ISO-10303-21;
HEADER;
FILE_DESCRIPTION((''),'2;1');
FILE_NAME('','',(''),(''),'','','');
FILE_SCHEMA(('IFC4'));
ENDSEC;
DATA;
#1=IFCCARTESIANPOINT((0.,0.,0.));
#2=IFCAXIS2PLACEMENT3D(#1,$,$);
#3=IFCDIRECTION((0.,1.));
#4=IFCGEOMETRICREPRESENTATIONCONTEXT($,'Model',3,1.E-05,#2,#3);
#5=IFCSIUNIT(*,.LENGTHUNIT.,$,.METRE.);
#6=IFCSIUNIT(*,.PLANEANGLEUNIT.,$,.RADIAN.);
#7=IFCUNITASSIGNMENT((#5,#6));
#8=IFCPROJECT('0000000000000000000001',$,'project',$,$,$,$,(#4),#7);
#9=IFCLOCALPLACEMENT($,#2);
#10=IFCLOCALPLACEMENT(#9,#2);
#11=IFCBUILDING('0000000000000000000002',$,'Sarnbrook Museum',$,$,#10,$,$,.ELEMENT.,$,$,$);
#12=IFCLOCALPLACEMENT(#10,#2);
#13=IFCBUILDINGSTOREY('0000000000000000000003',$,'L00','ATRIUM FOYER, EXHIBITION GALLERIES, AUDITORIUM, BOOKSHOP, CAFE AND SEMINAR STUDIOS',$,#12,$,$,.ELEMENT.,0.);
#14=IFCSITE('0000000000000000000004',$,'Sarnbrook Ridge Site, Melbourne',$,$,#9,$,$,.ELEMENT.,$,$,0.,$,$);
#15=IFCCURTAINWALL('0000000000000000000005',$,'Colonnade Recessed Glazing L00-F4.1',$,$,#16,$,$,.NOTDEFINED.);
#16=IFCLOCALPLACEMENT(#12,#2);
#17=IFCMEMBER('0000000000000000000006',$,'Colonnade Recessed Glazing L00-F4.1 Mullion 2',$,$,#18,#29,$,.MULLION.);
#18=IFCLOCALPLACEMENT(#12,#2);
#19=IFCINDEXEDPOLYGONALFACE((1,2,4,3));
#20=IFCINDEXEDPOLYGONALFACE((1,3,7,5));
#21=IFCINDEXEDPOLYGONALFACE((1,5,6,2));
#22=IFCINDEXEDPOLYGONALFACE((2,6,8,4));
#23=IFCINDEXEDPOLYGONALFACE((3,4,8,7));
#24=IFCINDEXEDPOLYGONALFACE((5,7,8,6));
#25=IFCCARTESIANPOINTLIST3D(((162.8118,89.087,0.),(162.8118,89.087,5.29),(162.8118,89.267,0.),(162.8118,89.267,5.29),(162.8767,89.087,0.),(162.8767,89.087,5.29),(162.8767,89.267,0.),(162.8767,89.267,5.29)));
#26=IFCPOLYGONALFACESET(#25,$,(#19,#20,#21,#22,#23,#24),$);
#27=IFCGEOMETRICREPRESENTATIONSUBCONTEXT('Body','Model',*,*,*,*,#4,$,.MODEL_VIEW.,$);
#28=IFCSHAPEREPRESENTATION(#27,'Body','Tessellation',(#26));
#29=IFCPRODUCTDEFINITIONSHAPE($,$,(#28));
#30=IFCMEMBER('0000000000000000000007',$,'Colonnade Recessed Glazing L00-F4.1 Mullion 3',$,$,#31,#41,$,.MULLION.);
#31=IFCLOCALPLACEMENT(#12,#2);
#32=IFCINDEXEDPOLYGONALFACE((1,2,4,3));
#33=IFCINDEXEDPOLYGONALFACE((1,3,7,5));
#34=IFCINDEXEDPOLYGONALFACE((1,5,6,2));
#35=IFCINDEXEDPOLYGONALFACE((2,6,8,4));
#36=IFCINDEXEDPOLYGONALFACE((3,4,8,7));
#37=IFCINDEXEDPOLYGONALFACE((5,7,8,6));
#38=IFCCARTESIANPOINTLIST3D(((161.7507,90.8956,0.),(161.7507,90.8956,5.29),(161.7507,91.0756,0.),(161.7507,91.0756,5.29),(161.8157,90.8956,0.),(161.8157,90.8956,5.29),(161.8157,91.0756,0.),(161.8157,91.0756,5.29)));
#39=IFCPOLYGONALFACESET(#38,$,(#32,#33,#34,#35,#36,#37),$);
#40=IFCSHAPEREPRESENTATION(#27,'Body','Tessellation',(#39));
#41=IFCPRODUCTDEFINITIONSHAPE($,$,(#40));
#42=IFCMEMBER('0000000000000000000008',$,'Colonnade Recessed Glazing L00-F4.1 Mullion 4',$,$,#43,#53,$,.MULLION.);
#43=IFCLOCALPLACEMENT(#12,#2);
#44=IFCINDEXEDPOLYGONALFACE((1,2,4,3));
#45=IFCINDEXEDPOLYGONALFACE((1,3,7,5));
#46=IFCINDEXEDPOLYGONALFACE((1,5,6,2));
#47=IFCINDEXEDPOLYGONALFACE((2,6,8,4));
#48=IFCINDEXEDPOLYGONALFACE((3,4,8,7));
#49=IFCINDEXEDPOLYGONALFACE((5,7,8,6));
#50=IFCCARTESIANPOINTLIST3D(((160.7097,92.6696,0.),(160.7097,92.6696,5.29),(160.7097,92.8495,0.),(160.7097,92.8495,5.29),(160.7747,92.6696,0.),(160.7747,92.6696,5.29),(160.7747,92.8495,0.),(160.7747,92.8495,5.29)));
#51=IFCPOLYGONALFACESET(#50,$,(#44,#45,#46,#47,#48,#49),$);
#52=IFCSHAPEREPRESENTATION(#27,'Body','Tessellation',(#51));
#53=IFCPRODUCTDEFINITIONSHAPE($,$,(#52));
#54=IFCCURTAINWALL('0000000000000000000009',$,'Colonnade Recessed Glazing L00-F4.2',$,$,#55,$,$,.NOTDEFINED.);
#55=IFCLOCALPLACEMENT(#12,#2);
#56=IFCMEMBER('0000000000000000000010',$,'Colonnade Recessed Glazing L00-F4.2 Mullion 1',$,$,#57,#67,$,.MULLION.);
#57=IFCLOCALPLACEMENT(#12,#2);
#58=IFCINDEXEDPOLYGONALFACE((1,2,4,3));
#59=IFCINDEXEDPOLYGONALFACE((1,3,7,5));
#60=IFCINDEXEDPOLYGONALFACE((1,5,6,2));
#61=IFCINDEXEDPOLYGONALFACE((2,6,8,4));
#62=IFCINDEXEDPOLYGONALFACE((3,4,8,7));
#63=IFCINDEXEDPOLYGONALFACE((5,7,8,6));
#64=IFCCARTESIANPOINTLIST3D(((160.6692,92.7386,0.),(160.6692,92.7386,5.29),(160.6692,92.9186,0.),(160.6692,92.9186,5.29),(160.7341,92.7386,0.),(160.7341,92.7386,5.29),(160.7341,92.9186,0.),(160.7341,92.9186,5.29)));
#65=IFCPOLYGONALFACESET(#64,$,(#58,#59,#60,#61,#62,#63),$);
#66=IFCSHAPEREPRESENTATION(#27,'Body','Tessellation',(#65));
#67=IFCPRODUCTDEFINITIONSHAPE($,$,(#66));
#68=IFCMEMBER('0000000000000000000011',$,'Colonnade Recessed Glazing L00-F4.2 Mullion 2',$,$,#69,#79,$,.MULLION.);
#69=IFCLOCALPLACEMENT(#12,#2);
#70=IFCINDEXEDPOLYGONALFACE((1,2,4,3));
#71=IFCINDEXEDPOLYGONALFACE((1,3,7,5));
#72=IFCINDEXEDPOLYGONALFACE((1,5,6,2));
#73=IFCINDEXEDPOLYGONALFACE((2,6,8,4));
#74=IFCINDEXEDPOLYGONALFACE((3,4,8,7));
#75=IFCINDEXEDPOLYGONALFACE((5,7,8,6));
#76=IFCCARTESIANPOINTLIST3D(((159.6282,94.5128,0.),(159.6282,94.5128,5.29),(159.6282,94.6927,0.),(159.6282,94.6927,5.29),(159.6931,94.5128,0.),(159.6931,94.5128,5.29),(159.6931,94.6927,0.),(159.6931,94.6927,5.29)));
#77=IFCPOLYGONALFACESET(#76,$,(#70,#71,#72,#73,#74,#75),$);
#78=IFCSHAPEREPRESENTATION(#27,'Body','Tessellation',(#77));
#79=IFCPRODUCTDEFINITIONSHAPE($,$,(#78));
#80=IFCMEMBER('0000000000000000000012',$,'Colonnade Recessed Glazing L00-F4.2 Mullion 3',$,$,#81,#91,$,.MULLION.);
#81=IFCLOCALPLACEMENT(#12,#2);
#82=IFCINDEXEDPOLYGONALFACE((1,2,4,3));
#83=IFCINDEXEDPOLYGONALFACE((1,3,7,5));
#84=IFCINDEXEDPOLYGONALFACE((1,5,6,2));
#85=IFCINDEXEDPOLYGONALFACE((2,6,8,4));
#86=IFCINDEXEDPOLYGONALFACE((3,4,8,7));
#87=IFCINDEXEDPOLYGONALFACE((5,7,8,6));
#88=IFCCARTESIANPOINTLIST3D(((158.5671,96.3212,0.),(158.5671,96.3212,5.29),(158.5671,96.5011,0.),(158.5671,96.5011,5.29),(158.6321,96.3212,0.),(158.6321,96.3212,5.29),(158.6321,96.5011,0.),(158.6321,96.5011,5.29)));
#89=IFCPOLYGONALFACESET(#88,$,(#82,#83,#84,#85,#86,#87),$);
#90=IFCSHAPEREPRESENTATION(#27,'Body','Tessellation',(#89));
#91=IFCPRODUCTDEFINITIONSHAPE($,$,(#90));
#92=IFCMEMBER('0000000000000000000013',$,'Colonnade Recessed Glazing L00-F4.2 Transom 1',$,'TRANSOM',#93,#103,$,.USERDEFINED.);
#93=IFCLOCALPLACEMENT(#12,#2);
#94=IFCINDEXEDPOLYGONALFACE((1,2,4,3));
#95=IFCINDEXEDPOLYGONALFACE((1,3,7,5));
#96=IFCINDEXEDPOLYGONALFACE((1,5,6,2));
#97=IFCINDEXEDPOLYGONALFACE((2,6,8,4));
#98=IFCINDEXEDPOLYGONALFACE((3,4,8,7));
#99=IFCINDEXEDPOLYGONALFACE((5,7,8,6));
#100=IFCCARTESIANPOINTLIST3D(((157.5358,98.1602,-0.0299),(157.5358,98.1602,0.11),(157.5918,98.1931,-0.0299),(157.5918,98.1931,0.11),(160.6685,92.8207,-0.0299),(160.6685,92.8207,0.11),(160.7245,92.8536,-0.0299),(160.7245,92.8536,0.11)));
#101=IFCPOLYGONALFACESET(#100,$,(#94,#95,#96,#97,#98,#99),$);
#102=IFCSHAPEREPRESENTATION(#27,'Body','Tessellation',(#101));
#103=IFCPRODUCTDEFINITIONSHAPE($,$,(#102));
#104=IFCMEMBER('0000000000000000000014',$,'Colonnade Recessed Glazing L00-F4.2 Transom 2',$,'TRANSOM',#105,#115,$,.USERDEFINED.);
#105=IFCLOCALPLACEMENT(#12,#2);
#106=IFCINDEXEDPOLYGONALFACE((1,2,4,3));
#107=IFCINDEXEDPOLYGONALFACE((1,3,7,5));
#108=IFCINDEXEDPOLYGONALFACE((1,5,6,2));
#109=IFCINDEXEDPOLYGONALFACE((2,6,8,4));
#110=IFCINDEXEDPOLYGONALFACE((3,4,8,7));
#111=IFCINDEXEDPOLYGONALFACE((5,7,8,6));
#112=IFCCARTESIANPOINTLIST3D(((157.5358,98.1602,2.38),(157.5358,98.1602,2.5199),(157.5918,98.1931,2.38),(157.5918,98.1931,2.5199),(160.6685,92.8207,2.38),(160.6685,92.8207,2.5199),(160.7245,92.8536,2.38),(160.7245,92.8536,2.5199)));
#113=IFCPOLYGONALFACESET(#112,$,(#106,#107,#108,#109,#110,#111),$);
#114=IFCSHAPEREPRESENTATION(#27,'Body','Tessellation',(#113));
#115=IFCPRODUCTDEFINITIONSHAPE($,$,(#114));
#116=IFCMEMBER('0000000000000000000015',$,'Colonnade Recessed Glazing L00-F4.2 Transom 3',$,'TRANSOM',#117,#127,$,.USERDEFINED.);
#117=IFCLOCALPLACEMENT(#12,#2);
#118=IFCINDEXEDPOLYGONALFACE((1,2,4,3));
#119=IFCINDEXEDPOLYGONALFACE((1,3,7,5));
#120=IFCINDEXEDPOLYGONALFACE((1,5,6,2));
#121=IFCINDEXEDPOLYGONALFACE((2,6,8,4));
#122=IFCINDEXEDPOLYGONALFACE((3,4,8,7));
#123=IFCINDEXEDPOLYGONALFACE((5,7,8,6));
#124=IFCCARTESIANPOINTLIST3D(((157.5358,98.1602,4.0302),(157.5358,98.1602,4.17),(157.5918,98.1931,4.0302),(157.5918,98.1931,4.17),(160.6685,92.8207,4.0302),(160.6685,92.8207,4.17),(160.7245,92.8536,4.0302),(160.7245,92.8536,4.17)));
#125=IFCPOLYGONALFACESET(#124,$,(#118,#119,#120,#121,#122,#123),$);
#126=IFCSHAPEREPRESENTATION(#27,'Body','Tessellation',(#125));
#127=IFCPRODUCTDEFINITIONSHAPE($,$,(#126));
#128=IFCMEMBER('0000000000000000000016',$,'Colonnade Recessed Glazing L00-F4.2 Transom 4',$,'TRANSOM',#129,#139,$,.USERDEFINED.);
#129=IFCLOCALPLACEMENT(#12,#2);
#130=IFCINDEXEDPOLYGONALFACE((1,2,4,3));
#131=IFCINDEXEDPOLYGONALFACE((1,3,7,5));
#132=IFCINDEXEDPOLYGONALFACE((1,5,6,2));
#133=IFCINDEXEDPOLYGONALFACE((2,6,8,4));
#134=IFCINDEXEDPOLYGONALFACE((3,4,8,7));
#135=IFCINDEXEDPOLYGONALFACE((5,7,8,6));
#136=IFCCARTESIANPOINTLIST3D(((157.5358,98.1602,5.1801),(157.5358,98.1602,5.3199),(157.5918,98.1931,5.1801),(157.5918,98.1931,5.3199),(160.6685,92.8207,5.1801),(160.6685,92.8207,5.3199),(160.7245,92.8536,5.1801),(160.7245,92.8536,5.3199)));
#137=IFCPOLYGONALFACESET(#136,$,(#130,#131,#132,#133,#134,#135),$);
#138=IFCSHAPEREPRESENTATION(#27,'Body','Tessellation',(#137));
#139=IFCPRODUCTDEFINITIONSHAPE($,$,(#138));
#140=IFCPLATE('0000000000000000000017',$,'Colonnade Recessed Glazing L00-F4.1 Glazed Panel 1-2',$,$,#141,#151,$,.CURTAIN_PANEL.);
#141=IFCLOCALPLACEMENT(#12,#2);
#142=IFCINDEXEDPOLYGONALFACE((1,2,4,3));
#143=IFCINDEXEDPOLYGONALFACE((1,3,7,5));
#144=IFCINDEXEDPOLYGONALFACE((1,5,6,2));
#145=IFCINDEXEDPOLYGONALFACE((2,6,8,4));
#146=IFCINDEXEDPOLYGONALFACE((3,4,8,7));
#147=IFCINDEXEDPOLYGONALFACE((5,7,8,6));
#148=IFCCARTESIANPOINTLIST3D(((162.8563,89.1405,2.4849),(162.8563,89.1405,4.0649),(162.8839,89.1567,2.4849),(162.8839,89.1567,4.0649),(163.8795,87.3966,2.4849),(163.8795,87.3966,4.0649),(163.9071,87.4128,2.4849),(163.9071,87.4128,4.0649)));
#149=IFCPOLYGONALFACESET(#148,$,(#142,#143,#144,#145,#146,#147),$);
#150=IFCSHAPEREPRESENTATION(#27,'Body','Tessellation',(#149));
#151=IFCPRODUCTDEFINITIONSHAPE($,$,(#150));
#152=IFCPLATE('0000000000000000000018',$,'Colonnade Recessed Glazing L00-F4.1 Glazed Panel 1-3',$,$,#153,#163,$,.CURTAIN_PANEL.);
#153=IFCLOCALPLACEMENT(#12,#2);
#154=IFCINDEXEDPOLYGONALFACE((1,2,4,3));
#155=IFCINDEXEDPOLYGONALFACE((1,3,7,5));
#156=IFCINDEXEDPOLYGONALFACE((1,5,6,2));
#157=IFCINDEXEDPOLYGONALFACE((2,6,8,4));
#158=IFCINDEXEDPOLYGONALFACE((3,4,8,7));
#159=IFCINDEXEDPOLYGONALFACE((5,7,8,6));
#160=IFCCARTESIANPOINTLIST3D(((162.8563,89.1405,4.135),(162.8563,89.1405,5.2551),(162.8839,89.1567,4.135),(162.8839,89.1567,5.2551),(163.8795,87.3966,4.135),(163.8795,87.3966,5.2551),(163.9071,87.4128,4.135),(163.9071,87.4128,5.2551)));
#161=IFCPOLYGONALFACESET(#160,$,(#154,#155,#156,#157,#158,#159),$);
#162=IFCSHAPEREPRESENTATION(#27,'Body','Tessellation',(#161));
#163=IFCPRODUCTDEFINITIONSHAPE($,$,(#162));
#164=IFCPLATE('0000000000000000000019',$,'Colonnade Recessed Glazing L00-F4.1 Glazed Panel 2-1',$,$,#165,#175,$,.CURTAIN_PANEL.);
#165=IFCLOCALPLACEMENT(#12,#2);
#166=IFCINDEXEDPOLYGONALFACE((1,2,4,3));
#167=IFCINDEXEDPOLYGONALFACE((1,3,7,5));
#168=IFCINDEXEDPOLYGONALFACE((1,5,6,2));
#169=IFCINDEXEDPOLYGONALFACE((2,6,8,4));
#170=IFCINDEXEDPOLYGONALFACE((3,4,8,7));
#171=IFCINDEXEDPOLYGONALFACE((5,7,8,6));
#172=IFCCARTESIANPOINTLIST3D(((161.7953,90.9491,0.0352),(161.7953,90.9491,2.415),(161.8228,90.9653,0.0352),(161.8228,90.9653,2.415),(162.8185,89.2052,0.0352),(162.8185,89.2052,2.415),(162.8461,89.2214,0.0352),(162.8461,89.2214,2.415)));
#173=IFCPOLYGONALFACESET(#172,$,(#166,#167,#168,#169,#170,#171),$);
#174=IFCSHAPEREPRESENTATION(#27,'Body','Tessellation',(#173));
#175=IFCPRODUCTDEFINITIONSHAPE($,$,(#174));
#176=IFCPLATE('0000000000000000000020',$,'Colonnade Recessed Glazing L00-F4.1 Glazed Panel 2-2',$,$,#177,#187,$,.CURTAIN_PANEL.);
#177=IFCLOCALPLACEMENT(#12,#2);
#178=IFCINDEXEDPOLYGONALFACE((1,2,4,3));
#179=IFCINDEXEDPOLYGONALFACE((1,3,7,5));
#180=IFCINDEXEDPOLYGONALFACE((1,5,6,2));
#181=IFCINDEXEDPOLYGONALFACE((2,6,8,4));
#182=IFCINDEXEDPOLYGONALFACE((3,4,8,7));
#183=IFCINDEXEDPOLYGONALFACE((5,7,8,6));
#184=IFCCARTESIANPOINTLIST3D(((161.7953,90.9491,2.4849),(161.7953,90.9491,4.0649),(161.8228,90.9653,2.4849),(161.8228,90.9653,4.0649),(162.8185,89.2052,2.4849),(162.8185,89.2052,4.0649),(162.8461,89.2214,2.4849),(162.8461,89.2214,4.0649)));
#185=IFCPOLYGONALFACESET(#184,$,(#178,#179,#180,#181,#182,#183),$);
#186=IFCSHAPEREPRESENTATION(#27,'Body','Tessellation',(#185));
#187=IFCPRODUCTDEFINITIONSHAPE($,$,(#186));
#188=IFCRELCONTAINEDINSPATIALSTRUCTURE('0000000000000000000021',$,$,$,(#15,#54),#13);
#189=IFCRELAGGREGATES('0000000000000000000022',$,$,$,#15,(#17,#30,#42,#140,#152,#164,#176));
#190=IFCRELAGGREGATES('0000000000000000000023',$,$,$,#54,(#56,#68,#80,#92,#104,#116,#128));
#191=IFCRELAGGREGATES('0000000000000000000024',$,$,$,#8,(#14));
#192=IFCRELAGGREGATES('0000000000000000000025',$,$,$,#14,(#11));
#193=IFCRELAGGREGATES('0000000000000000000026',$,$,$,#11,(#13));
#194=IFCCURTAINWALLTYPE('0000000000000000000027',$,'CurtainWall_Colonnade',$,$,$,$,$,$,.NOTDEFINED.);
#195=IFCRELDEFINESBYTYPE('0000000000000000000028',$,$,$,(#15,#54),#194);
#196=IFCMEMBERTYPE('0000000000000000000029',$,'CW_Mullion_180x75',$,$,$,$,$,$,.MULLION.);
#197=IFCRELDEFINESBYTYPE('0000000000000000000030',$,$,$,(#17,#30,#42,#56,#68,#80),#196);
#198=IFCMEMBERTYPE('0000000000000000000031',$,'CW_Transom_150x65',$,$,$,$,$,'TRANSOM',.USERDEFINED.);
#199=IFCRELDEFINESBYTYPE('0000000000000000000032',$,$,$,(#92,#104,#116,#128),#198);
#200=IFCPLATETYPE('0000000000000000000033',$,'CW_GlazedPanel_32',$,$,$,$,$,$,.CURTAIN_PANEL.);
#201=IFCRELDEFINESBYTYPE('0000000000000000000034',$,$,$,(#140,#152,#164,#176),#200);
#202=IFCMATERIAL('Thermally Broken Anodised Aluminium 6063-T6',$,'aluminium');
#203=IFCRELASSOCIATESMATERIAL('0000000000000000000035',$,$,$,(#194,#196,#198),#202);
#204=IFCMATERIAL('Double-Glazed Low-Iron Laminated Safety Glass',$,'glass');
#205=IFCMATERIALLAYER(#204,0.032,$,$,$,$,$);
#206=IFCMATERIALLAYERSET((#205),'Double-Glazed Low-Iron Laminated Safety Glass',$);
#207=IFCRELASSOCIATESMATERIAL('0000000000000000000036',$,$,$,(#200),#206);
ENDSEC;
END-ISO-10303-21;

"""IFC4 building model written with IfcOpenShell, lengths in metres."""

from ifc_helpers import new_model, si_unit, direction, frame, origin, origin_2d, place, context, subcontext, project, spatial, rectangle, extrude, material, layer, layer_set, material_profile, profile_set, type_object, element, aggregate, save


model = new_model("IFC4")

# Units and contexts
model_context = context("Model", 3, precision=1e-05, world=origin(), true_north=direction((0.0, 1.0)))
body_context = subcontext(model_context, "Body", "Model", "MODEL_VIEW")
ifc_project = project(units=[si_unit("LENGTHUNIT", "METRE"), si_unit("PLANEANGLEUNIT", "RADIAN")], contexts=[model_context])

# Site, building, storey
site_placement = place(None, origin())
site = spatial("IfcSite", under=ifc_project, at=site_placement, Name="Sarnbrook Ridge Site, Melbourne", CompositionType="ELEMENT", RefElevation=0.0)
building_placement = place(site_placement, origin())
building = spatial("IfcBuilding", under=site, at=building_placement, Name="Sarnbrook Museum", CompositionType="ELEMENT")
storey_placement = place(building_placement, origin())
storey = spatial("IfcBuildingStorey", under=building, at=storey_placement, Name="L00", Description="ATRIUM FOYER, EXHIBITION GALLERIES, AUDITORIUM, BOOKSHOP, CAFE AND SEMINAR STUDIOS", CompositionType="ELEMENT", Elevation=0.0)

# Curtain walls, members
ifc_material_1 = material(Name="Thermally Broken Anodised Aluminium 6063-T6", Category="aluminium")
curtain_wall_type = type_object("IfcCurtainWallType", Name="CurtainWall_Colonnade", PredefinedType="NOTDEFINED", material=ifc_material_1)
curtain_wall_1_placement = place(storey_placement, origin())
curtain_wall_1 = element("IfcCurtainWall", 1, at=curtain_wall_1_placement, inside=storey, type_object=curtain_wall_type, Name="Colonnade Recessed Glazing L00-F4.1", PredefinedType="NOTDEFINED")
ifc_material_profile_1 = material_profile(ifc_material_1, rectangle(XDim=0.0649, YDim=0.1799, at=origin_2d()), Name="ALU MULLION 65x180")
ifc_profile_set_1 = profile_set([ifc_material_profile_1], Name="Thermally Broken Anodised Aluminium 6063-T6")
member_type_1 = type_object("IfcMemberType", Name="CW_Mullion_180x75", PredefinedType="MULLION", material=ifc_profile_set_1)
member_1_placement = place(storey_placement, frame((162.8442, 89.177, 0.0), z_axis=(0.0, 0.0, 1.0), x_axis=(1.0, 0.0, 0.0)))
member_1 = element("IfcMember", 2, at=member_1_placement, type_object=member_type_1, Name="Colonnade Recessed Glazing L00-F4.1 Mullion 2", PredefinedType="MULLION", context=body_context, shape_type="SweptSolid", body=[
    extrude(rectangle(XDim=0.0649, YDim=0.1799, at=origin_2d()), origin(), (0.0, 0.0, 1.0), 5.29),
])
member_2_placement = place(storey_placement, frame((161.7832, 90.9856, 0.0), z_axis=(0.0, 0.0, 1.0), x_axis=(1.0, 0.0, 0.0)))
member_2 = element("IfcMember", 3, at=member_2_placement, type_object=member_type_1, Name="Colonnade Recessed Glazing L00-F4.1 Mullion 3", PredefinedType="MULLION", context=body_context, shape_type="SweptSolid", body=[
    extrude(rectangle(XDim=0.0649, YDim=0.1799, at=origin_2d()), origin(), (0.0, 0.0, 1.0), 5.29),
])
member_3_placement = place(storey_placement, frame((160.7422, 92.7595, 0.0), z_axis=(0.0, 0.0, 1.0), x_axis=(1.0, 0.0, 0.0)))
member_3 = element("IfcMember", 4, at=member_3_placement, type_object=member_type_1, Name="Colonnade Recessed Glazing L00-F4.1 Mullion 4", PredefinedType="MULLION", context=body_context, shape_type="SweptSolid", body=[
    extrude(rectangle(XDim=0.0649, YDim=0.1799, at=origin_2d()), origin(), (0.0, 0.0, 1.0), 5.29),
])
curtain_wall_2_placement = place(storey_placement, origin())
curtain_wall_2 = element("IfcCurtainWall", 5, at=curtain_wall_2_placement, inside=storey, type_object=curtain_wall_type, Name="Colonnade Recessed Glazing L00-F4.2", PredefinedType="NOTDEFINED")
member_4_placement = place(storey_placement, frame((160.7017, 92.8286, 0.0), z_axis=(0.0, 0.0, 1.0), x_axis=(1.0, 0.0, 0.0)))
member_4 = element("IfcMember", 6, at=member_4_placement, type_object=member_type_1, Name="Colonnade Recessed Glazing L00-F4.2 Mullion 1", PredefinedType="MULLION", context=body_context, shape_type="SweptSolid", body=[
    extrude(rectangle(XDim=0.0649, YDim=0.1799, at=origin_2d()), origin(), (0.0, 0.0, 1.0), 5.29),
])
member_5_placement = place(storey_placement, frame((159.6606, 94.6028, 0.0), z_axis=(0.0, 0.0, 1.0), x_axis=(1.0, 0.0, 0.0)))
member_5 = element("IfcMember", 7, at=member_5_placement, type_object=member_type_1, Name="Colonnade Recessed Glazing L00-F4.2 Mullion 2", PredefinedType="MULLION", context=body_context, shape_type="SweptSolid", body=[
    extrude(rectangle(XDim=0.0649, YDim=0.1799, at=origin_2d()), origin(), (0.0, 0.0, 1.0), 5.29),
])
member_6_placement = place(storey_placement, frame((158.5996, 96.4111, 0.0), z_axis=(0.0, 0.0, 1.0), x_axis=(1.0, 0.0, 0.0)))
member_6 = element("IfcMember", 8, at=member_6_placement, type_object=member_type_1, Name="Colonnade Recessed Glazing L00-F4.2 Mullion 3", PredefinedType="MULLION", context=body_context, shape_type="SweptSolid", body=[
    extrude(rectangle(XDim=0.0649, YDim=0.1799, at=origin_2d()), origin(), (0.0, 0.0, 1.0), 5.29),
])
ifc_material_profile_2 = material_profile(ifc_material_1, rectangle(XDim=0.0649, YDim=0.1399, at=origin_2d()), Name="ALU TRANSOM 65x140")
ifc_profile_set_2 = profile_set([ifc_material_profile_2], Name="Thermally Broken Anodised Aluminium 6063-T6")
member_type_2 = type_object("IfcMemberType", Name="CW_Transom_150x65", ElementType="TRANSOM", PredefinedType="USERDEFINED", material=ifc_profile_set_2)
member_7_placement = place(storey_placement, frame((160.6965, 92.8372, 0.04), z_axis=(-0.506044, 0.862507, 0.0), x_axis=(-0.862507, -0.506044, 0.0)))
member_7 = element("IfcMember", 9, at=member_7_placement, type_object=member_type_2, Name="Colonnade Recessed Glazing L00-F4.2 Transom 1", ObjectType="TRANSOM", PredefinedType="USERDEFINED", context=body_context, shape_type="SweptSolid", body=[
    extrude(rectangle(XDim=0.0649, YDim=0.1399, at=origin_2d()), origin(), (0.0, 0.0, 1.0), 6.1907),
])
member_8_placement = place(storey_placement, frame((160.6965, 92.8372, 2.45), z_axis=(-0.506044, 0.862507, 0.0), x_axis=(-0.862507, -0.506044, 0.0)))
member_8 = element("IfcMember", 10, at=member_8_placement, type_object=member_type_2, Name="Colonnade Recessed Glazing L00-F4.2 Transom 2", ObjectType="TRANSOM", PredefinedType="USERDEFINED", context=body_context, shape_type="SweptSolid", body=[
    extrude(rectangle(XDim=0.0649, YDim=0.1399, at=origin_2d()), origin(), (0.0, 0.0, 1.0), 6.1907),
])
member_9_placement = place(storey_placement, frame((160.6965, 92.8372, 4.1001), z_axis=(-0.506044, 0.862507, 0.0), x_axis=(-0.862507, -0.506044, 0.0)))
member_9 = element("IfcMember", 11, at=member_9_placement, type_object=member_type_2, Name="Colonnade Recessed Glazing L00-F4.2 Transom 3", ObjectType="TRANSOM", PredefinedType="USERDEFINED", context=body_context, shape_type="SweptSolid", body=[
    extrude(rectangle(XDim=0.0649, YDim=0.1399, at=origin_2d()), origin(), (0.0, 0.0, 1.0), 6.1907),
])
member_10_placement = place(storey_placement, frame((160.6965, 92.8372, 5.25), z_axis=(-0.506044, 0.862507, 0.0), x_axis=(-0.862507, -0.506044, 0.0)))
member_10 = element("IfcMember", 12, at=member_10_placement, type_object=member_type_2, Name="Colonnade Recessed Glazing L00-F4.2 Transom 4", ObjectType="TRANSOM", PredefinedType="USERDEFINED", context=body_context, shape_type="SweptSolid", body=[
    extrude(rectangle(XDim=0.0649, YDim=0.1399, at=origin_2d()), origin(), (0.0, 0.0, 1.0), 6.1907),
])

# Plates
ifc_material_2 = material(Name="Double-Glazed Low-Iron Laminated Safety Glass", Category="glass")
ifc_layer = layer(ifc_material_2, 0.032)
ifc_layer_set = layer_set([ifc_layer], Name="Double-Glazed Low-Iron Laminated Safety Glass")
plate_type = type_object("IfcPlateType", Name="CW_GlazedPanel_32", PredefinedType="CURTAIN_PANEL", material=ifc_layer_set)
plate_1_placement = place(storey_placement, frame((163.3679, 88.2686, 3.2749), z_axis=(0.862498, 0.50606, 0.0), x_axis=(-0.50606, 0.862498, 0.0)))
plate_1 = element("IfcPlate", 13, at=plate_1_placement, type_object=plate_type, Name="Colonnade Recessed Glazing L00-F4.1 Glazed Panel 1-2", PredefinedType="CURTAIN_PANEL", context=body_context, shape_type="SweptSolid", body=[
    extrude(rectangle(XDim=2.022, YDim=1.5801, at=origin_2d()), origin(), (0.0, 0.0, 1.0), 0.032),
])
plate_2_placement = place(storey_placement, frame((163.3679, 88.2686, 4.6951), z_axis=(0.862498, 0.50606, 0.0), x_axis=(-0.50606, 0.862498, 0.0)))
plate_2 = element("IfcPlate", 14, at=plate_2_placement, type_object=plate_type, Name="Colonnade Recessed Glazing L00-F4.1 Glazed Panel 1-3", PredefinedType="CURTAIN_PANEL", context=body_context, shape_type="SweptSolid", body=[
    extrude(rectangle(XDim=2.022, YDim=1.1201, at=origin_2d()), origin(), (0.0, 0.0, 1.0), 0.032),
])
plate_3_placement = place(storey_placement, frame((162.3069, 90.0771, 1.2251), z_axis=(0.862498, 0.50606, 0.0), x_axis=(-0.50606, 0.862498, 0.0)))
plate_3 = element("IfcPlate", 15, at=plate_3_placement, type_object=plate_type, Name="Colonnade Recessed Glazing L00-F4.1 Glazed Panel 2-1", PredefinedType="CURTAIN_PANEL", context=body_context, shape_type="SweptSolid", body=[
    extrude(rectangle(XDim=2.022, YDim=2.3799, at=origin_2d()), origin(), (0.0, 0.0, 1.0), 0.032),
])
plate_4_placement = place(storey_placement, frame((162.3069, 90.0771, 3.2749), z_axis=(0.862498, 0.50606, 0.0), x_axis=(-0.50606, 0.862498, 0.0)))
plate_4 = element("IfcPlate", 16, at=plate_4_placement, type_object=plate_type, Name="Colonnade Recessed Glazing L00-F4.1 Glazed Panel 2-2", PredefinedType="CURTAIN_PANEL", context=body_context, shape_type="SweptSolid", body=[
    extrude(rectangle(XDim=2.022, YDim=1.5801, at=origin_2d()), origin(), (0.0, 0.0, 1.0), 0.032),
])
aggregate(curtain_wall_1, [member_1, member_2, member_3, plate_1, plate_2, plate_3, plate_4])
aggregate(curtain_wall_2, [member_4, member_5, member_6, member_7, member_8, member_9, member_10])

save(model, "model.ifc")
